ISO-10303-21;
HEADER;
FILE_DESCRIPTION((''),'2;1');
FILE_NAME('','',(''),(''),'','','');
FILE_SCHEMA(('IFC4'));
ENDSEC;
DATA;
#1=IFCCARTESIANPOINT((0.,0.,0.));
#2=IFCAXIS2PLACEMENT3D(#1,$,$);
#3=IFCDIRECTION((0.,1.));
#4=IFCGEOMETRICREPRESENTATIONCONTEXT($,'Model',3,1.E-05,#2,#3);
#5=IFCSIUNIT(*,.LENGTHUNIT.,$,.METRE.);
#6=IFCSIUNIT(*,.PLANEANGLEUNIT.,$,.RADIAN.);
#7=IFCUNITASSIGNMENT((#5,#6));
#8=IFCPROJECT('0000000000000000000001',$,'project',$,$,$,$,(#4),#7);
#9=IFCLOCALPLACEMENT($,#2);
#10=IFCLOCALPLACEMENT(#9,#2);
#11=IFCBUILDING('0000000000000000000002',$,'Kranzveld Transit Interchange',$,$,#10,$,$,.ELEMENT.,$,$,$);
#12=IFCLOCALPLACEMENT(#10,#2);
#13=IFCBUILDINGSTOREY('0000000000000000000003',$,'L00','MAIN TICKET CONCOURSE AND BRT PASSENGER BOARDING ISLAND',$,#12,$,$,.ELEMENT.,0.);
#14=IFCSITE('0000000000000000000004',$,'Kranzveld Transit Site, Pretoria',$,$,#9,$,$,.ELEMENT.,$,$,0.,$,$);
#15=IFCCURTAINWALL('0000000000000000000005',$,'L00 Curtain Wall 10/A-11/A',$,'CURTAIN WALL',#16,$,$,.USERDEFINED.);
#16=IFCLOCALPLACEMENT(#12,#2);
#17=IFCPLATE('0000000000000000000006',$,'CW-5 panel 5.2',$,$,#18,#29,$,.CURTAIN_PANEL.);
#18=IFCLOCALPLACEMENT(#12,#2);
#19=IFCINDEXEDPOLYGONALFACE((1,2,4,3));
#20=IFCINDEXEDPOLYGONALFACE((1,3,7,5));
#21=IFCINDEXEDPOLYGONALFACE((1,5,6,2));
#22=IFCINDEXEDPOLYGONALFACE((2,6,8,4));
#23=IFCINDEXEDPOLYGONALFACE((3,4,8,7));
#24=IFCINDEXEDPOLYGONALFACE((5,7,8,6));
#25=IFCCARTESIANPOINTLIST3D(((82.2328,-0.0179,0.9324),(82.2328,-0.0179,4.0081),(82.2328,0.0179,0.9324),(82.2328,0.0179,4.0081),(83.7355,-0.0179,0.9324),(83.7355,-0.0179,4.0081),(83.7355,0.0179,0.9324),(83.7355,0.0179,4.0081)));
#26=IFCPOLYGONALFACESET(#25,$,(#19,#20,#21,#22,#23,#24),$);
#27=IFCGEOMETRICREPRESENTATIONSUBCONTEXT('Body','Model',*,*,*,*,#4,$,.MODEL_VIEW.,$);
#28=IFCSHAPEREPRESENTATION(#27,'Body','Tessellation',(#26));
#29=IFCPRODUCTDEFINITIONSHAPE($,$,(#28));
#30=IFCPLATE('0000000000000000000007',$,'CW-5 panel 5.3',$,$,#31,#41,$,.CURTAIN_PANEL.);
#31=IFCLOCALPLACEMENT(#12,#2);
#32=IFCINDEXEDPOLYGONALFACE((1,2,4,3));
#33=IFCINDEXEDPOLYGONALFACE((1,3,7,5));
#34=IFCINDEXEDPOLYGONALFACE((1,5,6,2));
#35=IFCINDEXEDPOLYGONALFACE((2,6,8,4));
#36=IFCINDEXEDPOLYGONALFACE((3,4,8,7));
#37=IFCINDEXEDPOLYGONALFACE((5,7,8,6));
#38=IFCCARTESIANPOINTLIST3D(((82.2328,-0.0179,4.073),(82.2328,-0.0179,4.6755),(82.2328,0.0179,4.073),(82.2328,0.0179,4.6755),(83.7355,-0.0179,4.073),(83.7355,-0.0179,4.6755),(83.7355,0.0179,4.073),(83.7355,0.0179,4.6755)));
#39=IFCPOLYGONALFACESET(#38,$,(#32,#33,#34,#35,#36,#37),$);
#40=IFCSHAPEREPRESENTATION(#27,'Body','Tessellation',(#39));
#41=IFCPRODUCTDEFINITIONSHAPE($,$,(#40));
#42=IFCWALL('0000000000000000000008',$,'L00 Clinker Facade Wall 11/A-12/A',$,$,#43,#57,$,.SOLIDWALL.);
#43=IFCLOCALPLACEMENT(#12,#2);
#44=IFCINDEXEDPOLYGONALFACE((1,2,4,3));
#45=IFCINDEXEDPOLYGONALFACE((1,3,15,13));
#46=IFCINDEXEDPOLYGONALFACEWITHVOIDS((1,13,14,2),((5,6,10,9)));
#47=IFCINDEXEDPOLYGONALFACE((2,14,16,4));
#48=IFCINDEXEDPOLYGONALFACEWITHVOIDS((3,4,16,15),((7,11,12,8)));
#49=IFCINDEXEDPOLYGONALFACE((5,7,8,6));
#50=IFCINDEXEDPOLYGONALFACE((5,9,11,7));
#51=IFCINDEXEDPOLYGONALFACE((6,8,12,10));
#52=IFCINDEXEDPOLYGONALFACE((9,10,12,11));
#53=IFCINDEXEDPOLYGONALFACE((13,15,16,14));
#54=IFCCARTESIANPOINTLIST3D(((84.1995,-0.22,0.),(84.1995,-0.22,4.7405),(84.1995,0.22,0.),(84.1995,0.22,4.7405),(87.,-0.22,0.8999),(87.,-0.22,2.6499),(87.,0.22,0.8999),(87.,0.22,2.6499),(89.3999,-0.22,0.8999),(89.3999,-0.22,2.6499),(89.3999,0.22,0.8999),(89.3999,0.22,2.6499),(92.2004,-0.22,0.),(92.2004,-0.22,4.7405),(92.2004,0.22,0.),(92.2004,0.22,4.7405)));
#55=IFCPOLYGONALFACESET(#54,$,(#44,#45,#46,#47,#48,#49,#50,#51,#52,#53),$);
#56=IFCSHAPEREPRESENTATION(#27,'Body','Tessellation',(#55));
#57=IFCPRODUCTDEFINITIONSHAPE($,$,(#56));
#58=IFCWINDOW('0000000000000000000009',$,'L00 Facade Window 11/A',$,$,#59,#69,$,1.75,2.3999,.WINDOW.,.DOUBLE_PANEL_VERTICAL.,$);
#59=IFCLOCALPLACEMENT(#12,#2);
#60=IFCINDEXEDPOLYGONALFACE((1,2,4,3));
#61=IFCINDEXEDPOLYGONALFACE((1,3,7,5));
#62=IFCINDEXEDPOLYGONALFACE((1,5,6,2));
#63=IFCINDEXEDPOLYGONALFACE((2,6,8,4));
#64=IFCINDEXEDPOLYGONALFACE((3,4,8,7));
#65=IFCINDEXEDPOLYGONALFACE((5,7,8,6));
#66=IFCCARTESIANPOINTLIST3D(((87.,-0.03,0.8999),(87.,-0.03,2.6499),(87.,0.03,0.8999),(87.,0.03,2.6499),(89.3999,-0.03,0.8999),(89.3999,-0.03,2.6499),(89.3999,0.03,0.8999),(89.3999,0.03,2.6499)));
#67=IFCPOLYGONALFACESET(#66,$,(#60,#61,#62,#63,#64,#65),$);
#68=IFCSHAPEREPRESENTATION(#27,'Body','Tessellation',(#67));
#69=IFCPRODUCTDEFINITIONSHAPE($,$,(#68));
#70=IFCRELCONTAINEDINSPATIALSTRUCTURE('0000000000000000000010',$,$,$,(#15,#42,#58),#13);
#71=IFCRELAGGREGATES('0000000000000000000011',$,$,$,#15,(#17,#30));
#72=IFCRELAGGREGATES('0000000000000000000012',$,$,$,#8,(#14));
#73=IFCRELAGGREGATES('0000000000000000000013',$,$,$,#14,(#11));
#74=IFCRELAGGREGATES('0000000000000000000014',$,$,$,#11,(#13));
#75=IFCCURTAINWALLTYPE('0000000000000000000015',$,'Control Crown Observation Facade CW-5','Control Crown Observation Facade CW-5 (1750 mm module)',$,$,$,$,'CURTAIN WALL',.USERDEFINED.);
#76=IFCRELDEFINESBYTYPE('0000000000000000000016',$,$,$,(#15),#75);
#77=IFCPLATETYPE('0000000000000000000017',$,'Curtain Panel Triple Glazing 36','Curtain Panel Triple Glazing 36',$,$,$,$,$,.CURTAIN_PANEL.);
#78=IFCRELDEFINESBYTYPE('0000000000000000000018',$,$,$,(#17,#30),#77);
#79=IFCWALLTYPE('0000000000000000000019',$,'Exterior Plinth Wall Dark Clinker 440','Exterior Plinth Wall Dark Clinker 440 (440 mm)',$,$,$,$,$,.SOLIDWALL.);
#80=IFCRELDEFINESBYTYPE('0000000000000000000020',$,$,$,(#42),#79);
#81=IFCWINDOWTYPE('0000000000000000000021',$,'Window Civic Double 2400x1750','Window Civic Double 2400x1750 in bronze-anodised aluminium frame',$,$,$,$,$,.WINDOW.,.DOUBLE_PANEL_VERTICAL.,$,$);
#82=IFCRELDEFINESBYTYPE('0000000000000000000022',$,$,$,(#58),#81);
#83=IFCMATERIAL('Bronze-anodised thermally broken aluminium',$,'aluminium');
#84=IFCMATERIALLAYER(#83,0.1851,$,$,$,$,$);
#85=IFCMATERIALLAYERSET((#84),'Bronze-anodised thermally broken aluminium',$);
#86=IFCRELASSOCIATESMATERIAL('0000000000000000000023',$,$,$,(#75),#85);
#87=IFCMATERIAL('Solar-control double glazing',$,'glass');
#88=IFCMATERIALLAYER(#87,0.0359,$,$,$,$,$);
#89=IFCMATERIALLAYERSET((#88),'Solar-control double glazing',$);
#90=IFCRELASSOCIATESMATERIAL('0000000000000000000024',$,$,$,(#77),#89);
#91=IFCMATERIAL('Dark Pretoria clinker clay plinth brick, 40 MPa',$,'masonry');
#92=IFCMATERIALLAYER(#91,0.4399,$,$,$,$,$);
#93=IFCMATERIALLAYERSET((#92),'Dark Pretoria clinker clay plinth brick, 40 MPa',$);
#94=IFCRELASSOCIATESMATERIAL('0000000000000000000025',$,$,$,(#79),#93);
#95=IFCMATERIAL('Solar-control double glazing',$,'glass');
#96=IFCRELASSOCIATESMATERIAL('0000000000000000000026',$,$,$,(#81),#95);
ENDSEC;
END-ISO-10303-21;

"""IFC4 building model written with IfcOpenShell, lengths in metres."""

from ifc_helpers import new_model, si_unit, direction, frame, frame_2d, origin, origin_2d, place, context, subcontext, project, spatial, rectangle, extrude, material, layer, layer_set, type_object, element, fill, aggregate, save


model = new_model("IFC4")

# Units and contexts
model_context = context("Model", 3, precision=1e-05, world=origin(), true_north=direction((0.0, 1.0)))
body_context = subcontext(model_context, "Body", "Model", "MODEL_VIEW")
ifc_project = project(units=[si_unit("LENGTHUNIT", "METRE"), si_unit("PLANEANGLEUNIT", "RADIAN")], contexts=[model_context])

# Site, building, storey
site_placement = place(None, origin())
site = spatial("IfcSite", under=ifc_project, at=site_placement, Name="Kranzveld Transit Site, Pretoria", CompositionType="ELEMENT", RefElevation=0.0)
building_placement = place(site_placement, origin())
building = spatial("IfcBuilding", under=site, at=building_placement, Name="Kranzveld Transit Interchange", CompositionType="ELEMENT")
storey_placement = place(building_placement, origin())
storey = spatial("IfcBuildingStorey", under=building, at=storey_placement, Name="L00", Description="MAIN TICKET CONCOURSE AND BRT PASSENGER BOARDING ISLAND", CompositionType="ELEMENT", Elevation=0.0)

# Curtain wall
ifc_material_1 = material(Name="Bronze-anodised thermally broken aluminium", Category="aluminium")
ifc_layer_1 = layer(ifc_material_1, 0.1851)
ifc_layer_set_1 = layer_set([ifc_layer_1], Name="Bronze-anodised thermally broken aluminium")
curtain_wall_type = type_object("IfcCurtainWallType", Name="Control Crown Observation Facade CW-5", Description="Control Crown Observation Facade CW-5 (1750 mm module)", ElementType="CURTAIN WALL", PredefinedType="USERDEFINED", material=ifc_layer_set_1)
curtain_wall_placement = place(storey_placement, origin())
curtain_wall = element("IfcCurtainWall", 1, at=curtain_wall_placement, inside=storey, type_object=curtain_wall_type, Name="L00 Curtain Wall 10/A-11/A", ObjectType="CURTAIN WALL", PredefinedType="USERDEFINED")

# Plates
ifc_material_2 = material(Name="Solar-control double glazing", Category="glass")
ifc_layer_2 = layer(ifc_material_2, 0.0359)
ifc_layer_set_2 = layer_set([ifc_layer_2], Name="Solar-control double glazing")
plate_type = type_object("IfcPlateType", Name="Curtain Panel Triple Glazing 36", Description="Curtain Panel Triple Glazing 36", PredefinedType="CURTAIN_PANEL", material=ifc_layer_set_2)
plate_1_placement = place(storey_placement, frame((82.9841, 0.0, 0.9324), z_axis=(0.0, 0.0, 1.0), x_axis=(1.0, 0.0, 0.0)))
plate_1 = element("IfcPlate", 2, at=plate_1_placement, type_object=plate_type, Name="CW-5 panel 5.2", PredefinedType="CURTAIN_PANEL", context=body_context, shape_type="SweptSolid", body=[
    extrude(rectangle(XDim=1.5027, YDim=0.0359, at=origin_2d()), origin(), (0.0, 0.0, 1.0), 3.0757),
])
plate_2_placement = place(storey_placement, frame((82.9841, 0.0, 4.073), z_axis=(0.0, 0.0, 1.0), x_axis=(1.0, 0.0, 0.0)))
plate_2 = element("IfcPlate", 3, at=plate_2_placement, type_object=plate_type, Name="CW-5 panel 5.3", PredefinedType="CURTAIN_PANEL", context=body_context, shape_type="SweptSolid", body=[
    extrude(rectangle(XDim=1.5027, YDim=0.0359, at=origin_2d()), origin(), (0.0, 0.0, 1.0), 0.6025),
])
aggregate(curtain_wall, [plate_1, plate_2])

# Wall, opening, window
ifc_material_3 = material(Name="Dark Pretoria clinker clay plinth brick, 40 MPa", Category="masonry")
ifc_layer_3 = layer(ifc_material_3, 0.4399)
ifc_layer_set_3 = layer_set([ifc_layer_3], Name="Dark Pretoria clinker clay plinth brick, 40 MPa")
wall_type = type_object("IfcWallType", Name="Exterior Plinth Wall Dark Clinker 440", Description="Exterior Plinth Wall Dark Clinker 440 (440 mm)", PredefinedType="SOLIDWALL", material=ifc_layer_set_3)
wall_placement = place(storey_placement, frame((84.1995, 0.0, 0.0), z_axis=(0.0, 0.0, 1.0), x_axis=(1.0, 0.0, 0.0)))
wall = element("IfcWall", 4, at=wall_placement, inside=storey, type_object=wall_type, Name="L00 Clinker Facade Wall 11/A-12/A", PredefinedType="SOLIDWALL", context=body_context, shape_type="SweptSolid", body=[
    extrude(rectangle(XDim=8.001, YDim=0.4399, at=frame_2d((4.0005, 0.0))), origin(), (0.0, 0.0, 1.0), 4.7405),
])
opening_placement = place(wall_placement, frame((2.8005, 0.0, 0.8999), z_axis=(0.0, 0.0, 1.0), x_axis=(1.0, 0.0, 0.0)))
opening = element("IfcOpeningElement", 5, at=opening_placement, cuts=wall, PredefinedType="OPENING", context=body_context, shape_type="SweptSolid", body=[
    extrude(rectangle(XDim=2.3999, YDim=1.75, at=frame_2d((1.2, 0.875))), frame((0.0, 0.23, 0.0), z_axis=(0.0, -1.0, 0.0), x_axis=(1.0, 0.0, 0.0)), (0.0, 0.0, 1.0), 0.46),
])
ifc_material_4 = material(Name="Solar-control double glazing", Category="glass")
window_type = type_object("IfcWindowType", Name="Window Civic Double 2400x1750", Description="Window Civic Double 2400x1750 in bronze-anodised aluminium frame", PartitioningType="DOUBLE_PANEL_VERTICAL", PredefinedType="WINDOW", material=ifc_material_4)
window_placement = place(opening_placement, origin())
window = element("IfcWindow", 6, at=window_placement, inside=storey, type_object=window_type, Name="L00 Facade Window 11/A", OverallHeight=1.75, OverallWidth=2.3999, PartitioningType="DOUBLE_PANEL_VERTICAL", PredefinedType="WINDOW", context=body_context, shape_type="SweptSolid", body=[
    extrude(rectangle(XDim=2.3999, YDim=1.75, at=frame_2d((1.2, 0.875))), frame((0.0, 0.03, 0.0), z_axis=(0.0, -1.0, 0.0), x_axis=(1.0, 0.0, 0.0)), (0.0, 0.0, 1.0), 0.0601),
])
fill(opening, window)

save(model, "model.ifc")
